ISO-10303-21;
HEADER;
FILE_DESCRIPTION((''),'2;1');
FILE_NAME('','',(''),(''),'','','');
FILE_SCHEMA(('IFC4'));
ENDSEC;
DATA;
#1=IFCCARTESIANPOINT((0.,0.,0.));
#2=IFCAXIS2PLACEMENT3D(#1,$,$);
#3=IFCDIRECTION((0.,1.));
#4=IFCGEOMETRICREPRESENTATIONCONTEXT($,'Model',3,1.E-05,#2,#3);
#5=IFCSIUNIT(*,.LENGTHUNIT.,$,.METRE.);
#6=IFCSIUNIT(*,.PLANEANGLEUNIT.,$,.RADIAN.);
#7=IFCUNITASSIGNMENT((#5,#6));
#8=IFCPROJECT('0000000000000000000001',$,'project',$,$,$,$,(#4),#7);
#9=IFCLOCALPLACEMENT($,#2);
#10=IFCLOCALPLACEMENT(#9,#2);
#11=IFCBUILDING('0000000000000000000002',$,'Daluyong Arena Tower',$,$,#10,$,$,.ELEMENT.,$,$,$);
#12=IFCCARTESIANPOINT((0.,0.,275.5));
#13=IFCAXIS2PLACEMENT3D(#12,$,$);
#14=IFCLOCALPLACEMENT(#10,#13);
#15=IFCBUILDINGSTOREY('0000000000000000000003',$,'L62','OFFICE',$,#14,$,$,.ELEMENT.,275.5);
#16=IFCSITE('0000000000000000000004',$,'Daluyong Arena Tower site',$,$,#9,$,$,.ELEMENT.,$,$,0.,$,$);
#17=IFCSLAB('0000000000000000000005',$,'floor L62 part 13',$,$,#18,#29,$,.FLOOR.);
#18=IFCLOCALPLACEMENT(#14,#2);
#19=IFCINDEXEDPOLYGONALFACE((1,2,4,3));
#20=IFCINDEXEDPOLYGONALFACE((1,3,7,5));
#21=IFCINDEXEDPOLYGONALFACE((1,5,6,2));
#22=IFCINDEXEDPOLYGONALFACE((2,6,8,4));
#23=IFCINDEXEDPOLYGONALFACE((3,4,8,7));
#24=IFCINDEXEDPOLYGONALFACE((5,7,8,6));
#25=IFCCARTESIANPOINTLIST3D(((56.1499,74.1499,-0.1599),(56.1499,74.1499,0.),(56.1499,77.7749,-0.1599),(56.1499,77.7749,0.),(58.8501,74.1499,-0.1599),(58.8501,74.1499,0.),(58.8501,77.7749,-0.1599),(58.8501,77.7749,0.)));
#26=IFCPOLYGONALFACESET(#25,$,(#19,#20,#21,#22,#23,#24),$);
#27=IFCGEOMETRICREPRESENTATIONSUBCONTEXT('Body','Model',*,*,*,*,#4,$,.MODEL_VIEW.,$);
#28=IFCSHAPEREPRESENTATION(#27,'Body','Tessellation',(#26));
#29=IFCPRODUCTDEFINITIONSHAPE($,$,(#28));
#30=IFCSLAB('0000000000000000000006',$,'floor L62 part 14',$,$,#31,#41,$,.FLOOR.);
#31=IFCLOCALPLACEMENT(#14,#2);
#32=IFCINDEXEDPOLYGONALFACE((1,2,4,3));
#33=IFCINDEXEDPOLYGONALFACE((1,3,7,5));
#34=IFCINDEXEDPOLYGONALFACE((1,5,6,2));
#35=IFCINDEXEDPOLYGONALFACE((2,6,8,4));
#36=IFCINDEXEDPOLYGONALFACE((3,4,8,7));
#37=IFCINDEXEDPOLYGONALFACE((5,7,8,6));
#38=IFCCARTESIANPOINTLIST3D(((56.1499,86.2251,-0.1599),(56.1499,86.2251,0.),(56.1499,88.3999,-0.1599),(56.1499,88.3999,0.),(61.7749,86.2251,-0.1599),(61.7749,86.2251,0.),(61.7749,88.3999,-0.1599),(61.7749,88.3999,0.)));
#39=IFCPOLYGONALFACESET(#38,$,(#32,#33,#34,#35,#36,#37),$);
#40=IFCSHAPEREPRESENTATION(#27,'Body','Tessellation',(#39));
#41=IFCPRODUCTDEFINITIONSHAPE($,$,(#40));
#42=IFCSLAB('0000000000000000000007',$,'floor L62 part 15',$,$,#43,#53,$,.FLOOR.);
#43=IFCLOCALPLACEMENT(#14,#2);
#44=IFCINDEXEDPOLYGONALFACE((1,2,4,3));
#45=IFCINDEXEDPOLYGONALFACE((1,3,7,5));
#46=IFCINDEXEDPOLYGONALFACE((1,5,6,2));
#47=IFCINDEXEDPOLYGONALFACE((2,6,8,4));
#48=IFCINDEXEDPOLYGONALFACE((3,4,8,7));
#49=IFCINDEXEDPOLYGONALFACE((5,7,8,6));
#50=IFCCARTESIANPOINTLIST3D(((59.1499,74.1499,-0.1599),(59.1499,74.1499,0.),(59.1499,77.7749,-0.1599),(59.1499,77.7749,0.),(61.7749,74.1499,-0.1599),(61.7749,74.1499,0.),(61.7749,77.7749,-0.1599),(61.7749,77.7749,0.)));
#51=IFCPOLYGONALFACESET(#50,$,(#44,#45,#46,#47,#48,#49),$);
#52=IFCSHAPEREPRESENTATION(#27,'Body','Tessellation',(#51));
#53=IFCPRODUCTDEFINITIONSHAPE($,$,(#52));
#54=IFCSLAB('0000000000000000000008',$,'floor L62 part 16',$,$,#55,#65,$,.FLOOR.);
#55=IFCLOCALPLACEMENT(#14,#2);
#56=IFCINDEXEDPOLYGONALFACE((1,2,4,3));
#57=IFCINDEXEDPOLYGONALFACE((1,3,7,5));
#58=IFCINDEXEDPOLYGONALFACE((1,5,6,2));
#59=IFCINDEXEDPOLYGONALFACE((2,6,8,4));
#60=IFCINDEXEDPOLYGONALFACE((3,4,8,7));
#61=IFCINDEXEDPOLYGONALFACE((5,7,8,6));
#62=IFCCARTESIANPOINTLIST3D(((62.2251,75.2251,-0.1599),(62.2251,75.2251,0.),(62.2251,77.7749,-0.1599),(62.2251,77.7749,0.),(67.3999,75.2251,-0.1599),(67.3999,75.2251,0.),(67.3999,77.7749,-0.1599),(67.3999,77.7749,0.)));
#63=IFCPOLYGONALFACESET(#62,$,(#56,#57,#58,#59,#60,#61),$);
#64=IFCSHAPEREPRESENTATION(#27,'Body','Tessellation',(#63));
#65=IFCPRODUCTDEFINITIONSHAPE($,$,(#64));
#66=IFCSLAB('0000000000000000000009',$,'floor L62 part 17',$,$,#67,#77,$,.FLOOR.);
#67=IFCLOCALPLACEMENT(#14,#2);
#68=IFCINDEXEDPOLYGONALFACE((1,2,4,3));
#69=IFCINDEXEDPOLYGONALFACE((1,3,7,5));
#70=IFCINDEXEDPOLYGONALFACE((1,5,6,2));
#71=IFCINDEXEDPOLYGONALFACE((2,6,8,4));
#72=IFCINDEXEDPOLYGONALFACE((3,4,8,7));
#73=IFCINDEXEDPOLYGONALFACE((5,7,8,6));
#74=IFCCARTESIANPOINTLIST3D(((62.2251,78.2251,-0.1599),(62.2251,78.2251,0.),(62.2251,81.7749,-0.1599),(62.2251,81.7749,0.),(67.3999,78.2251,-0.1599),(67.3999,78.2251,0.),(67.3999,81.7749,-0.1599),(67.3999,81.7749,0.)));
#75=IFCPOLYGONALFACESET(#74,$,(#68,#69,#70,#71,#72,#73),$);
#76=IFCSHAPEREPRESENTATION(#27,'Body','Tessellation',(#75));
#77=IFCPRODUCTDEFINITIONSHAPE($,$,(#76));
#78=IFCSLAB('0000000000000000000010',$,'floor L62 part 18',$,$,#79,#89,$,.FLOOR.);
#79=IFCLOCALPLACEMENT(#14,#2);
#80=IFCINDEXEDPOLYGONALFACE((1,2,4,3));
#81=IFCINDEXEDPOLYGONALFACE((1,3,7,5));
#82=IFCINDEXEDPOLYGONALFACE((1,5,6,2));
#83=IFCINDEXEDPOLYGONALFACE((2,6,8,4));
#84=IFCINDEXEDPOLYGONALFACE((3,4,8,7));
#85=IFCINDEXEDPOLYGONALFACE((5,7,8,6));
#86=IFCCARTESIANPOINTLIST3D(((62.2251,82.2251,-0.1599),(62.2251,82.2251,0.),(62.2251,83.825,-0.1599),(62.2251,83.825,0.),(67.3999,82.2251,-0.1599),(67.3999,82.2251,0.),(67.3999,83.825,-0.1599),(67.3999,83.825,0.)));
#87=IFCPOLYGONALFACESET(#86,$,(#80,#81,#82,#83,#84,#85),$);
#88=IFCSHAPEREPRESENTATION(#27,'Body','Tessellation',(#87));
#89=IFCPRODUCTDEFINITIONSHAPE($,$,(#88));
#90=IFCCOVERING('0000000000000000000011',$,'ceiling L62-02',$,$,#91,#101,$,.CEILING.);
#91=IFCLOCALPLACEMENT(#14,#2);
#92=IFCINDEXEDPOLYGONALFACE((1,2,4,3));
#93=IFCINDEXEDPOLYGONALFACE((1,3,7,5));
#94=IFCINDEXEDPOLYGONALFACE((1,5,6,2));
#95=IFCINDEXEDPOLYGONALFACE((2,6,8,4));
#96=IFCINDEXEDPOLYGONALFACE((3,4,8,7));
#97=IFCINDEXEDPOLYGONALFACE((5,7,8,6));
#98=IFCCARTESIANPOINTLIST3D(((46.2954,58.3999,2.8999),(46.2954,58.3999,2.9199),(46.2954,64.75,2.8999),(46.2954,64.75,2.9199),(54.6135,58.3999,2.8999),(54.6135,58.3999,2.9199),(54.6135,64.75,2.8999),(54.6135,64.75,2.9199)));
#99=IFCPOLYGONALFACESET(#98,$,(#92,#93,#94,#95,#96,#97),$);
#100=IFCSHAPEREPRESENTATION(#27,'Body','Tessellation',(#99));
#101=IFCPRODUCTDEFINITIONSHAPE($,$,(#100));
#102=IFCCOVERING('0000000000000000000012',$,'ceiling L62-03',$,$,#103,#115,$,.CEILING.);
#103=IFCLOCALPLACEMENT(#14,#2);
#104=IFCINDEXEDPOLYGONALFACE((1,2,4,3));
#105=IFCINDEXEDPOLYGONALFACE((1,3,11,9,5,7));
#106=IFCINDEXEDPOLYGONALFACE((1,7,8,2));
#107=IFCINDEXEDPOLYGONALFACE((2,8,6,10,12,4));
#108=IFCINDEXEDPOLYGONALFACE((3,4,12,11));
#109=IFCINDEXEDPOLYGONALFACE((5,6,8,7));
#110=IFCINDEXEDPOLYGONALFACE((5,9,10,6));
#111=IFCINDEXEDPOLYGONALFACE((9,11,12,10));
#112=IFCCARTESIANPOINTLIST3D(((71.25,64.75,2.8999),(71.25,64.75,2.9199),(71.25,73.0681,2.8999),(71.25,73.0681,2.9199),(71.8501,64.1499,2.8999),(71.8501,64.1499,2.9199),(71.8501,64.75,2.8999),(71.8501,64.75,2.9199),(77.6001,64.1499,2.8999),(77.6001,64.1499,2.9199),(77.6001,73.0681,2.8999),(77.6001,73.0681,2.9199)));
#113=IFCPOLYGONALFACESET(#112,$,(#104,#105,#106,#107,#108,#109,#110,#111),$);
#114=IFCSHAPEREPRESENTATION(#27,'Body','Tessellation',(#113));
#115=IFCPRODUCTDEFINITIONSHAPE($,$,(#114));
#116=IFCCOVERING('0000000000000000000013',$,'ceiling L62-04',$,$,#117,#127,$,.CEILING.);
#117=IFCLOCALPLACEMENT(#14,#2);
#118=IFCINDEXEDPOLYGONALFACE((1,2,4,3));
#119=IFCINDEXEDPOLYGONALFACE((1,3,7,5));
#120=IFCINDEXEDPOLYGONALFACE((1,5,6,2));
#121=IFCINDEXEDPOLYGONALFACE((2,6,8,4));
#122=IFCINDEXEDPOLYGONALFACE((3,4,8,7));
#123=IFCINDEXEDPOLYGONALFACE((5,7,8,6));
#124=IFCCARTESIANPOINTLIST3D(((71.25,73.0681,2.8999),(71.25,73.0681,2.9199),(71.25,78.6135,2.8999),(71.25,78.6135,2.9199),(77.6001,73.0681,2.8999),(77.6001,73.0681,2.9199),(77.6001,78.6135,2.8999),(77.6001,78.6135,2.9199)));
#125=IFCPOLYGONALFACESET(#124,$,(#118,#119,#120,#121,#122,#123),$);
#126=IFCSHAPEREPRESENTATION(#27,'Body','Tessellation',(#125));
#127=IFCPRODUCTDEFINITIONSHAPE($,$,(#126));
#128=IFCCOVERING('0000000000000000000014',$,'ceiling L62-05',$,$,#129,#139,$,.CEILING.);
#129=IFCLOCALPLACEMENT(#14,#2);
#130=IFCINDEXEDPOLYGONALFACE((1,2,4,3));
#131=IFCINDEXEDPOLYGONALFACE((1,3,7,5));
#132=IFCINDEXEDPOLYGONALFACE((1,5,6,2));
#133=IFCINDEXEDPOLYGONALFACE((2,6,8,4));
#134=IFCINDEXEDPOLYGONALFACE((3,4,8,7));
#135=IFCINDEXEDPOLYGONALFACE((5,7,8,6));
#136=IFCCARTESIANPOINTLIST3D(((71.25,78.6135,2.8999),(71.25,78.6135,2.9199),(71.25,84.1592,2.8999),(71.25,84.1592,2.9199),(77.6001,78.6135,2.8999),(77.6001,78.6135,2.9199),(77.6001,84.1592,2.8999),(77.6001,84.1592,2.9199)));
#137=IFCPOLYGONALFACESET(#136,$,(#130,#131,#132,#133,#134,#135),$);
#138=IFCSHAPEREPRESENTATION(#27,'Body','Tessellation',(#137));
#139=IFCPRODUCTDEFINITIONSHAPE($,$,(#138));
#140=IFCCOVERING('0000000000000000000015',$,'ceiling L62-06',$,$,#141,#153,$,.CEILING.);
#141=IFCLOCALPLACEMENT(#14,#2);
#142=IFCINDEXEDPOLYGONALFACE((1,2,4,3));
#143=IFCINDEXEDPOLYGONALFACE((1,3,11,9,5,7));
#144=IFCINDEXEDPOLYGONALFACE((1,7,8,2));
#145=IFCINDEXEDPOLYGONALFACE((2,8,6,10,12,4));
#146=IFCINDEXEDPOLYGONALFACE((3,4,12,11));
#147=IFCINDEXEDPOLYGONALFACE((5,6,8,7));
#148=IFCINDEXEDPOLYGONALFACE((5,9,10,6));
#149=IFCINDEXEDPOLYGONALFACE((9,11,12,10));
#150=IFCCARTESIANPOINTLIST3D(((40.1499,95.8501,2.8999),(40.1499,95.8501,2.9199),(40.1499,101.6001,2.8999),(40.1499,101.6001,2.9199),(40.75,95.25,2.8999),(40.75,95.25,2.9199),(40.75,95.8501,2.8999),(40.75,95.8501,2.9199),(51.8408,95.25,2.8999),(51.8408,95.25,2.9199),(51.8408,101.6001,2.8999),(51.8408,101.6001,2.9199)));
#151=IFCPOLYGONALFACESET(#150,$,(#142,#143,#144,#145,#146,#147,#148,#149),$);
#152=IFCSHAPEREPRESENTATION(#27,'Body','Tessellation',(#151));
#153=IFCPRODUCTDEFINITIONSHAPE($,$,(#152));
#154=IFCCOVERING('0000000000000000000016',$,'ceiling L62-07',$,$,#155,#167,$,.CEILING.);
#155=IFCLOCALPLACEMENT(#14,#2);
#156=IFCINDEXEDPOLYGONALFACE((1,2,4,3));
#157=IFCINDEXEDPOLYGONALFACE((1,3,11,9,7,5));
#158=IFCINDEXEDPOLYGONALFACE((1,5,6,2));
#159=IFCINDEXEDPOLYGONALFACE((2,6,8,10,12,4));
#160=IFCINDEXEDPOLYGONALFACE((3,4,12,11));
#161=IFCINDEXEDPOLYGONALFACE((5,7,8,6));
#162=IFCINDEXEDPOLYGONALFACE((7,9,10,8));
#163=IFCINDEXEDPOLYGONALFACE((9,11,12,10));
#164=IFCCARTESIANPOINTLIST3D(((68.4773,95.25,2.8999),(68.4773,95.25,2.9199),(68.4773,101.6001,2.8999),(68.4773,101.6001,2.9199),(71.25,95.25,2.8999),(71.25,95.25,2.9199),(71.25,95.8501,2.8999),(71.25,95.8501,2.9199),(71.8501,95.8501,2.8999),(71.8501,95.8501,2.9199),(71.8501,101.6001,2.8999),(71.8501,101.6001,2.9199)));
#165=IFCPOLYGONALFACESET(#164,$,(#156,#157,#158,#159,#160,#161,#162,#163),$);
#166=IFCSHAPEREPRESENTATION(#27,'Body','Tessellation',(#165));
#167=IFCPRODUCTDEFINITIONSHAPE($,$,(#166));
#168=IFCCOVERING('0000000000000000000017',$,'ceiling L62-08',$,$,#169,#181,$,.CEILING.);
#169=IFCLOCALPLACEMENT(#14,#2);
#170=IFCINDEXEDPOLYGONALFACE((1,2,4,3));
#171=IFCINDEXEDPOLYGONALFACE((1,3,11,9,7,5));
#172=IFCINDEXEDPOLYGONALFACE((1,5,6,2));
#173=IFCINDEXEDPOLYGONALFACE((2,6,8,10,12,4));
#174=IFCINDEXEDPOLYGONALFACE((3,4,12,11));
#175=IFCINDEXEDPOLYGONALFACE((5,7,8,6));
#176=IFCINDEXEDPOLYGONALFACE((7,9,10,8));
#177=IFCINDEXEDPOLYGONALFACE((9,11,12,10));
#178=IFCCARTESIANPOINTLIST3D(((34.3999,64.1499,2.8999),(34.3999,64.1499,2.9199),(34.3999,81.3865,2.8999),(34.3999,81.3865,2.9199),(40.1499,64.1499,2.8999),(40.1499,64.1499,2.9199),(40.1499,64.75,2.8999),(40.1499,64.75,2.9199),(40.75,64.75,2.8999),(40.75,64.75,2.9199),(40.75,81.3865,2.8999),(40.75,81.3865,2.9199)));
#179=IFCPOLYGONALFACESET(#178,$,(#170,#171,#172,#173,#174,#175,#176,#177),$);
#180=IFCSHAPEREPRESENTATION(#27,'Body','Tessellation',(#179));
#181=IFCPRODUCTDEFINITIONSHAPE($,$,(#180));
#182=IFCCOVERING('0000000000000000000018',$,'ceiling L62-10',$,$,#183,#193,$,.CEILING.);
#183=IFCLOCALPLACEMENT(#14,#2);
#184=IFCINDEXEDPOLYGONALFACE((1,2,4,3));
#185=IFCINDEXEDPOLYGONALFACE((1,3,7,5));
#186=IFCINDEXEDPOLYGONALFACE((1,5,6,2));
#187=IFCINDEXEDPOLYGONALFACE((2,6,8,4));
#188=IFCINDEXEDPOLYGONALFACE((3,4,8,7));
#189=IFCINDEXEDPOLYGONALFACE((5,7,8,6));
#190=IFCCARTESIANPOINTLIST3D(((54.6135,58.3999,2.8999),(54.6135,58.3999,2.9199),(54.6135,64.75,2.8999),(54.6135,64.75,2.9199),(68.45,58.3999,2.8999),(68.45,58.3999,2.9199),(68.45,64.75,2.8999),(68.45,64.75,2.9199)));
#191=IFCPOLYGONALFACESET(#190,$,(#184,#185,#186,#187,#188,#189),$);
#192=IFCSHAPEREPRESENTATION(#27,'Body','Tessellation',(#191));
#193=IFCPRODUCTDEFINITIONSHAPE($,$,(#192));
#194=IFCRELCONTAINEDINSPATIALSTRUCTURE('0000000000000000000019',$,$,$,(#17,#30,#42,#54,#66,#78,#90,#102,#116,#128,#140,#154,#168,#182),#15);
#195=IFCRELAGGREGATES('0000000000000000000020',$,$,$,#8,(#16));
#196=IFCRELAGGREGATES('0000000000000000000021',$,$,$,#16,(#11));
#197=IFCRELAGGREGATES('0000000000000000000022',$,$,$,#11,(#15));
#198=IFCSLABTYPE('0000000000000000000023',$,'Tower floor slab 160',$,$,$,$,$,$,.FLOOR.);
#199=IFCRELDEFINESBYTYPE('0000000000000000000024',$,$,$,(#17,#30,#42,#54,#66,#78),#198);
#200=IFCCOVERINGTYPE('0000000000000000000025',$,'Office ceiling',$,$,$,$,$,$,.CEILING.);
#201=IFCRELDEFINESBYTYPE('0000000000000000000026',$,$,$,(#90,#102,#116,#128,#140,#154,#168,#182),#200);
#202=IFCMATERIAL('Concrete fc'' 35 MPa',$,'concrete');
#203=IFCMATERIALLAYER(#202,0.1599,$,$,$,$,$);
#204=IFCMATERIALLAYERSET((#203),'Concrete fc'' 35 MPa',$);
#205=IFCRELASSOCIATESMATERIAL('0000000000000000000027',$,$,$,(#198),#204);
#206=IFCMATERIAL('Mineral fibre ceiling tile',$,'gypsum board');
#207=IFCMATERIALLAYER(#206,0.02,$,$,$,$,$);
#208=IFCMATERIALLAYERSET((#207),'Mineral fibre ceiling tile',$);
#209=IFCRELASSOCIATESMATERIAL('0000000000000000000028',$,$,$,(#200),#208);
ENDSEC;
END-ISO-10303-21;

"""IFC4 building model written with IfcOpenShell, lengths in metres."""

from ifc_helpers import new_model, si_unit, direction, frame, origin, place, context, subcontext, project, spatial, polyline, outline, extrude, material, layer, layer_set, type_object, element, save


model = new_model("IFC4")

# Units and contexts
model_context = context("Model", 3, precision=1e-05, world=origin(), true_north=direction((0.0, 1.0)))
body_context = subcontext(model_context, "Body", "Model", "MODEL_VIEW")
ifc_project = project(units=[si_unit("LENGTHUNIT", "METRE"), si_unit("PLANEANGLEUNIT", "RADIAN")], contexts=[model_context])

# Site, building, storey
site_placement = place(None, origin())
site = spatial("IfcSite", under=ifc_project, at=site_placement, Name="Daluyong Arena Tower site", CompositionType="ELEMENT", RefElevation=0.0)
building_placement = place(site_placement, origin())
building = spatial("IfcBuilding", under=site, at=building_placement, Name="Daluyong Arena Tower", CompositionType="ELEMENT")
storey_placement = place(building_placement, frame((0.0, 0.0, 275.5)))
storey = spatial("IfcBuildingStorey", under=building, at=storey_placement, Name="L62", Description="OFFICE", CompositionType="ELEMENT", Elevation=275.5)

# Slabs
ifc_material_1 = material(Name="Concrete fc' 35 MPa", Category="concrete")
ifc_layer_1 = layer(ifc_material_1, 0.1599)
ifc_layer_set_1 = layer_set([ifc_layer_1], Name="Concrete fc' 35 MPa")
slab_type_1 = type_object("IfcSlabType", Name="Tower floor slab 160", PredefinedType="FLOOR", material=ifc_layer_set_1)
slab_1_placement = place(storey_placement, frame((0.0, 0.0, -0.1599)))
element("IfcSlab", 1, at=slab_1_placement, inside=storey, type_object=slab_type_1, Name="floor L62 part 13", PredefinedType="FLOOR", context=body_context, shape_type="SweptSolid", body=[
    extrude(outline(polyline([(58.8501, 77.7749), (56.1499, 77.7749), (56.1499, 74.1499), (58.8501, 74.1499), (58.8501, 77.7749)])), origin(), (0.0, 0.0, 1.0), 0.1599),
])
slab_2_placement = place(storey_placement, frame((0.0, 0.0, -0.1599)))
element("IfcSlab", 2, at=slab_2_placement, inside=storey, type_object=slab_type_1, Name="floor L62 part 14", PredefinedType="FLOOR", context=body_context, shape_type="SweptSolid", body=[
    extrude(outline(polyline([(56.1499, 88.3999), (56.1499, 86.2251), (61.7749, 86.2251), (61.7749, 88.3999), (56.1499, 88.3999)])), origin(), (0.0, 0.0, 1.0), 0.1599),
])
slab_3_placement = place(storey_placement, frame((0.0, 0.0, -0.1599)))
element("IfcSlab", 3, at=slab_3_placement, inside=storey, type_object=slab_type_1, Name="floor L62 part 15", PredefinedType="FLOOR", context=body_context, shape_type="SweptSolid", body=[
    extrude(outline(polyline([(61.7749, 77.7749), (59.1499, 77.7749), (59.1499, 74.1499), (61.7749, 74.1499), (61.7749, 77.7749)])), origin(), (0.0, 0.0, 1.0), 0.1599),
])
slab_4_placement = place(storey_placement, frame((0.0, 0.0, -0.1599)))
element("IfcSlab", 4, at=slab_4_placement, inside=storey, type_object=slab_type_1, Name="floor L62 part 16", PredefinedType="FLOOR", context=body_context, shape_type="SweptSolid", body=[
    extrude(outline(polyline([(67.3999, 75.2251), (67.3999, 77.7749), (62.2251, 77.7749), (62.2251, 75.2251), (67.3999, 75.2251)])), origin(), (0.0, 0.0, 1.0), 0.1599),
])
slab_5_placement = place(storey_placement, frame((0.0, 0.0, -0.1599)))
element("IfcSlab", 5, at=slab_5_placement, inside=storey, type_object=slab_type_1, Name="floor L62 part 17", PredefinedType="FLOOR", context=body_context, shape_type="SweptSolid", body=[
    extrude(outline(polyline([(67.3999, 78.2251), (67.3999, 81.7749), (62.2251, 81.7749), (62.2251, 78.2251), (67.3999, 78.2251)])), origin(), (0.0, 0.0, 1.0), 0.1599),
])
slab_6_placement = place(storey_placement, frame((0.0, 0.0, -0.1599)))
element("IfcSlab", 6, at=slab_6_placement, inside=storey, type_object=slab_type_1, Name="floor L62 part 18", PredefinedType="FLOOR", context=body_context, shape_type="SweptSolid", body=[
    extrude(outline(polyline([(67.3999, 83.825), (62.2251, 83.825), (62.2251, 82.2251), (67.3999, 82.2251), (67.3999, 83.825)])), origin(), (0.0, 0.0, 1.0), 0.1599),
])

# Coverings
ifc_material_2 = material(Name="Mineral fibre ceiling tile", Category="gypsum board")
ifc_layer_2 = layer(ifc_material_2, 0.02)
ifc_layer_set_2 = layer_set([ifc_layer_2], Name="Mineral fibre ceiling tile")
covering_type = type_object("IfcCoveringType", Name="Office ceiling", PredefinedType="CEILING", material=ifc_layer_set_2)
covering_1_placement = place(storey_placement, frame((0.0, 0.0, 2.8999)))
element("IfcCovering", 7, at=covering_1_placement, inside=storey, type_object=covering_type, Name="ceiling L62-02", PredefinedType="CEILING", context=body_context, shape_type="SweptSolid", body=[
    extrude(outline(polyline([(46.2954, 64.75), (46.2954, 58.3999), (54.6135, 58.3999), (54.6135, 64.75), (46.2954, 64.75)])), origin(), (0.0, 0.0, 1.0), 0.02),
])
covering_2_placement = place(storey_placement, frame((0.0, 0.0, 2.8999)))
element("IfcCovering", 8, at=covering_2_placement, inside=storey, type_object=covering_type, Name="ceiling L62-03", PredefinedType="CEILING", context=body_context, shape_type="SweptSolid", body=[
    extrude(outline(polyline([(71.8501, 64.1499), (77.6001, 64.1499), (77.6001, 73.0681), (71.25, 73.0681), (71.25, 64.75), (71.8501, 64.75), (71.8501, 64.1499)])), origin(), (0.0, 0.0, 1.0), 0.02),
])
covering_3_placement = place(storey_placement, frame((0.0, 0.0, 2.8999)))
element("IfcCovering", 9, at=covering_3_placement, inside=storey, type_object=covering_type, Name="ceiling L62-04", PredefinedType="CEILING", context=body_context, shape_type="SweptSolid", body=[
    extrude(outline(polyline([(71.25, 73.0681), (77.6001, 73.0681), (77.6001, 78.6135), (71.25, 78.6135), (71.25, 73.0681)])), origin(), (0.0, 0.0, 1.0), 0.02),
])
covering_4_placement = place(storey_placement, frame((0.0, 0.0, 2.8999)))
element("IfcCovering", 10, at=covering_4_placement, inside=storey, type_object=covering_type, Name="ceiling L62-05", PredefinedType="CEILING", context=body_context, shape_type="SweptSolid", body=[
    extrude(outline(polyline([(71.25, 78.6135), (77.6001, 78.6135), (77.6001, 84.1592), (71.25, 84.1592), (71.25, 78.6135)])), origin(), (0.0, 0.0, 1.0), 0.02),
])
covering_5_placement = place(storey_placement, frame((0.0, 0.0, 2.8999)))
element("IfcCovering", 11, at=covering_5_placement, inside=storey, type_object=covering_type, Name="ceiling L62-06", PredefinedType="CEILING", context=body_context, shape_type="SweptSolid", body=[
    extrude(outline(polyline([(51.8408, 95.25), (51.8408, 101.6001), (40.1499, 101.6001), (40.1499, 95.8501), (40.75, 95.8501), (40.75, 95.25), (51.8408, 95.25)])), origin(), (0.0, 0.0, 1.0), 0.02),
])
covering_6_placement = place(storey_placement, frame((0.0, 0.0, 2.8999)))
element("IfcCovering", 12, at=covering_6_placement, inside=storey, type_object=covering_type, Name="ceiling L62-07", PredefinedType="CEILING", context=body_context, shape_type="SweptSolid", body=[
    extrude(outline(polyline([(68.4773, 95.25), (71.25, 95.25), (71.25, 95.8501), (71.8501, 95.8501), (71.8501, 101.6001), (68.4773, 101.6001), (68.4773, 95.25)])), origin(), (0.0, 0.0, 1.0), 0.02),
])
covering_7_placement = place(storey_placement, frame((0.0, 0.0, 2.8999)))
element("IfcCovering", 13, at=covering_7_placement, inside=storey, type_object=covering_type, Name="ceiling L62-08", PredefinedType="CEILING", context=body_context, shape_type="SweptSolid", body=[
    extrude(outline(polyline([(34.3999, 64.1499), (40.1499, 64.1499), (40.1499, 64.75), (40.75, 64.75), (40.75, 81.3865), (34.3999, 81.3865), (34.3999, 64.1499)])), origin(), (0.0, 0.0, 1.0), 0.02),
])
covering_8_placement = place(storey_placement, frame((0.0, 0.0, 2.8999)))
element("IfcCovering", 14, at=covering_8_placement, inside=storey, type_object=covering_type, Name="ceiling L62-10", PredefinedType="CEILING", context=body_context, shape_type="SweptSolid", body=[
    extrude(outline(polyline([(54.6135, 58.3999), (68.45, 58.3999), (68.45, 64.75), (54.6135, 64.75), (54.6135, 58.3999)])), origin(), (0.0, 0.0, 1.0), 0.02),
])

save(model, "model.ifc")
